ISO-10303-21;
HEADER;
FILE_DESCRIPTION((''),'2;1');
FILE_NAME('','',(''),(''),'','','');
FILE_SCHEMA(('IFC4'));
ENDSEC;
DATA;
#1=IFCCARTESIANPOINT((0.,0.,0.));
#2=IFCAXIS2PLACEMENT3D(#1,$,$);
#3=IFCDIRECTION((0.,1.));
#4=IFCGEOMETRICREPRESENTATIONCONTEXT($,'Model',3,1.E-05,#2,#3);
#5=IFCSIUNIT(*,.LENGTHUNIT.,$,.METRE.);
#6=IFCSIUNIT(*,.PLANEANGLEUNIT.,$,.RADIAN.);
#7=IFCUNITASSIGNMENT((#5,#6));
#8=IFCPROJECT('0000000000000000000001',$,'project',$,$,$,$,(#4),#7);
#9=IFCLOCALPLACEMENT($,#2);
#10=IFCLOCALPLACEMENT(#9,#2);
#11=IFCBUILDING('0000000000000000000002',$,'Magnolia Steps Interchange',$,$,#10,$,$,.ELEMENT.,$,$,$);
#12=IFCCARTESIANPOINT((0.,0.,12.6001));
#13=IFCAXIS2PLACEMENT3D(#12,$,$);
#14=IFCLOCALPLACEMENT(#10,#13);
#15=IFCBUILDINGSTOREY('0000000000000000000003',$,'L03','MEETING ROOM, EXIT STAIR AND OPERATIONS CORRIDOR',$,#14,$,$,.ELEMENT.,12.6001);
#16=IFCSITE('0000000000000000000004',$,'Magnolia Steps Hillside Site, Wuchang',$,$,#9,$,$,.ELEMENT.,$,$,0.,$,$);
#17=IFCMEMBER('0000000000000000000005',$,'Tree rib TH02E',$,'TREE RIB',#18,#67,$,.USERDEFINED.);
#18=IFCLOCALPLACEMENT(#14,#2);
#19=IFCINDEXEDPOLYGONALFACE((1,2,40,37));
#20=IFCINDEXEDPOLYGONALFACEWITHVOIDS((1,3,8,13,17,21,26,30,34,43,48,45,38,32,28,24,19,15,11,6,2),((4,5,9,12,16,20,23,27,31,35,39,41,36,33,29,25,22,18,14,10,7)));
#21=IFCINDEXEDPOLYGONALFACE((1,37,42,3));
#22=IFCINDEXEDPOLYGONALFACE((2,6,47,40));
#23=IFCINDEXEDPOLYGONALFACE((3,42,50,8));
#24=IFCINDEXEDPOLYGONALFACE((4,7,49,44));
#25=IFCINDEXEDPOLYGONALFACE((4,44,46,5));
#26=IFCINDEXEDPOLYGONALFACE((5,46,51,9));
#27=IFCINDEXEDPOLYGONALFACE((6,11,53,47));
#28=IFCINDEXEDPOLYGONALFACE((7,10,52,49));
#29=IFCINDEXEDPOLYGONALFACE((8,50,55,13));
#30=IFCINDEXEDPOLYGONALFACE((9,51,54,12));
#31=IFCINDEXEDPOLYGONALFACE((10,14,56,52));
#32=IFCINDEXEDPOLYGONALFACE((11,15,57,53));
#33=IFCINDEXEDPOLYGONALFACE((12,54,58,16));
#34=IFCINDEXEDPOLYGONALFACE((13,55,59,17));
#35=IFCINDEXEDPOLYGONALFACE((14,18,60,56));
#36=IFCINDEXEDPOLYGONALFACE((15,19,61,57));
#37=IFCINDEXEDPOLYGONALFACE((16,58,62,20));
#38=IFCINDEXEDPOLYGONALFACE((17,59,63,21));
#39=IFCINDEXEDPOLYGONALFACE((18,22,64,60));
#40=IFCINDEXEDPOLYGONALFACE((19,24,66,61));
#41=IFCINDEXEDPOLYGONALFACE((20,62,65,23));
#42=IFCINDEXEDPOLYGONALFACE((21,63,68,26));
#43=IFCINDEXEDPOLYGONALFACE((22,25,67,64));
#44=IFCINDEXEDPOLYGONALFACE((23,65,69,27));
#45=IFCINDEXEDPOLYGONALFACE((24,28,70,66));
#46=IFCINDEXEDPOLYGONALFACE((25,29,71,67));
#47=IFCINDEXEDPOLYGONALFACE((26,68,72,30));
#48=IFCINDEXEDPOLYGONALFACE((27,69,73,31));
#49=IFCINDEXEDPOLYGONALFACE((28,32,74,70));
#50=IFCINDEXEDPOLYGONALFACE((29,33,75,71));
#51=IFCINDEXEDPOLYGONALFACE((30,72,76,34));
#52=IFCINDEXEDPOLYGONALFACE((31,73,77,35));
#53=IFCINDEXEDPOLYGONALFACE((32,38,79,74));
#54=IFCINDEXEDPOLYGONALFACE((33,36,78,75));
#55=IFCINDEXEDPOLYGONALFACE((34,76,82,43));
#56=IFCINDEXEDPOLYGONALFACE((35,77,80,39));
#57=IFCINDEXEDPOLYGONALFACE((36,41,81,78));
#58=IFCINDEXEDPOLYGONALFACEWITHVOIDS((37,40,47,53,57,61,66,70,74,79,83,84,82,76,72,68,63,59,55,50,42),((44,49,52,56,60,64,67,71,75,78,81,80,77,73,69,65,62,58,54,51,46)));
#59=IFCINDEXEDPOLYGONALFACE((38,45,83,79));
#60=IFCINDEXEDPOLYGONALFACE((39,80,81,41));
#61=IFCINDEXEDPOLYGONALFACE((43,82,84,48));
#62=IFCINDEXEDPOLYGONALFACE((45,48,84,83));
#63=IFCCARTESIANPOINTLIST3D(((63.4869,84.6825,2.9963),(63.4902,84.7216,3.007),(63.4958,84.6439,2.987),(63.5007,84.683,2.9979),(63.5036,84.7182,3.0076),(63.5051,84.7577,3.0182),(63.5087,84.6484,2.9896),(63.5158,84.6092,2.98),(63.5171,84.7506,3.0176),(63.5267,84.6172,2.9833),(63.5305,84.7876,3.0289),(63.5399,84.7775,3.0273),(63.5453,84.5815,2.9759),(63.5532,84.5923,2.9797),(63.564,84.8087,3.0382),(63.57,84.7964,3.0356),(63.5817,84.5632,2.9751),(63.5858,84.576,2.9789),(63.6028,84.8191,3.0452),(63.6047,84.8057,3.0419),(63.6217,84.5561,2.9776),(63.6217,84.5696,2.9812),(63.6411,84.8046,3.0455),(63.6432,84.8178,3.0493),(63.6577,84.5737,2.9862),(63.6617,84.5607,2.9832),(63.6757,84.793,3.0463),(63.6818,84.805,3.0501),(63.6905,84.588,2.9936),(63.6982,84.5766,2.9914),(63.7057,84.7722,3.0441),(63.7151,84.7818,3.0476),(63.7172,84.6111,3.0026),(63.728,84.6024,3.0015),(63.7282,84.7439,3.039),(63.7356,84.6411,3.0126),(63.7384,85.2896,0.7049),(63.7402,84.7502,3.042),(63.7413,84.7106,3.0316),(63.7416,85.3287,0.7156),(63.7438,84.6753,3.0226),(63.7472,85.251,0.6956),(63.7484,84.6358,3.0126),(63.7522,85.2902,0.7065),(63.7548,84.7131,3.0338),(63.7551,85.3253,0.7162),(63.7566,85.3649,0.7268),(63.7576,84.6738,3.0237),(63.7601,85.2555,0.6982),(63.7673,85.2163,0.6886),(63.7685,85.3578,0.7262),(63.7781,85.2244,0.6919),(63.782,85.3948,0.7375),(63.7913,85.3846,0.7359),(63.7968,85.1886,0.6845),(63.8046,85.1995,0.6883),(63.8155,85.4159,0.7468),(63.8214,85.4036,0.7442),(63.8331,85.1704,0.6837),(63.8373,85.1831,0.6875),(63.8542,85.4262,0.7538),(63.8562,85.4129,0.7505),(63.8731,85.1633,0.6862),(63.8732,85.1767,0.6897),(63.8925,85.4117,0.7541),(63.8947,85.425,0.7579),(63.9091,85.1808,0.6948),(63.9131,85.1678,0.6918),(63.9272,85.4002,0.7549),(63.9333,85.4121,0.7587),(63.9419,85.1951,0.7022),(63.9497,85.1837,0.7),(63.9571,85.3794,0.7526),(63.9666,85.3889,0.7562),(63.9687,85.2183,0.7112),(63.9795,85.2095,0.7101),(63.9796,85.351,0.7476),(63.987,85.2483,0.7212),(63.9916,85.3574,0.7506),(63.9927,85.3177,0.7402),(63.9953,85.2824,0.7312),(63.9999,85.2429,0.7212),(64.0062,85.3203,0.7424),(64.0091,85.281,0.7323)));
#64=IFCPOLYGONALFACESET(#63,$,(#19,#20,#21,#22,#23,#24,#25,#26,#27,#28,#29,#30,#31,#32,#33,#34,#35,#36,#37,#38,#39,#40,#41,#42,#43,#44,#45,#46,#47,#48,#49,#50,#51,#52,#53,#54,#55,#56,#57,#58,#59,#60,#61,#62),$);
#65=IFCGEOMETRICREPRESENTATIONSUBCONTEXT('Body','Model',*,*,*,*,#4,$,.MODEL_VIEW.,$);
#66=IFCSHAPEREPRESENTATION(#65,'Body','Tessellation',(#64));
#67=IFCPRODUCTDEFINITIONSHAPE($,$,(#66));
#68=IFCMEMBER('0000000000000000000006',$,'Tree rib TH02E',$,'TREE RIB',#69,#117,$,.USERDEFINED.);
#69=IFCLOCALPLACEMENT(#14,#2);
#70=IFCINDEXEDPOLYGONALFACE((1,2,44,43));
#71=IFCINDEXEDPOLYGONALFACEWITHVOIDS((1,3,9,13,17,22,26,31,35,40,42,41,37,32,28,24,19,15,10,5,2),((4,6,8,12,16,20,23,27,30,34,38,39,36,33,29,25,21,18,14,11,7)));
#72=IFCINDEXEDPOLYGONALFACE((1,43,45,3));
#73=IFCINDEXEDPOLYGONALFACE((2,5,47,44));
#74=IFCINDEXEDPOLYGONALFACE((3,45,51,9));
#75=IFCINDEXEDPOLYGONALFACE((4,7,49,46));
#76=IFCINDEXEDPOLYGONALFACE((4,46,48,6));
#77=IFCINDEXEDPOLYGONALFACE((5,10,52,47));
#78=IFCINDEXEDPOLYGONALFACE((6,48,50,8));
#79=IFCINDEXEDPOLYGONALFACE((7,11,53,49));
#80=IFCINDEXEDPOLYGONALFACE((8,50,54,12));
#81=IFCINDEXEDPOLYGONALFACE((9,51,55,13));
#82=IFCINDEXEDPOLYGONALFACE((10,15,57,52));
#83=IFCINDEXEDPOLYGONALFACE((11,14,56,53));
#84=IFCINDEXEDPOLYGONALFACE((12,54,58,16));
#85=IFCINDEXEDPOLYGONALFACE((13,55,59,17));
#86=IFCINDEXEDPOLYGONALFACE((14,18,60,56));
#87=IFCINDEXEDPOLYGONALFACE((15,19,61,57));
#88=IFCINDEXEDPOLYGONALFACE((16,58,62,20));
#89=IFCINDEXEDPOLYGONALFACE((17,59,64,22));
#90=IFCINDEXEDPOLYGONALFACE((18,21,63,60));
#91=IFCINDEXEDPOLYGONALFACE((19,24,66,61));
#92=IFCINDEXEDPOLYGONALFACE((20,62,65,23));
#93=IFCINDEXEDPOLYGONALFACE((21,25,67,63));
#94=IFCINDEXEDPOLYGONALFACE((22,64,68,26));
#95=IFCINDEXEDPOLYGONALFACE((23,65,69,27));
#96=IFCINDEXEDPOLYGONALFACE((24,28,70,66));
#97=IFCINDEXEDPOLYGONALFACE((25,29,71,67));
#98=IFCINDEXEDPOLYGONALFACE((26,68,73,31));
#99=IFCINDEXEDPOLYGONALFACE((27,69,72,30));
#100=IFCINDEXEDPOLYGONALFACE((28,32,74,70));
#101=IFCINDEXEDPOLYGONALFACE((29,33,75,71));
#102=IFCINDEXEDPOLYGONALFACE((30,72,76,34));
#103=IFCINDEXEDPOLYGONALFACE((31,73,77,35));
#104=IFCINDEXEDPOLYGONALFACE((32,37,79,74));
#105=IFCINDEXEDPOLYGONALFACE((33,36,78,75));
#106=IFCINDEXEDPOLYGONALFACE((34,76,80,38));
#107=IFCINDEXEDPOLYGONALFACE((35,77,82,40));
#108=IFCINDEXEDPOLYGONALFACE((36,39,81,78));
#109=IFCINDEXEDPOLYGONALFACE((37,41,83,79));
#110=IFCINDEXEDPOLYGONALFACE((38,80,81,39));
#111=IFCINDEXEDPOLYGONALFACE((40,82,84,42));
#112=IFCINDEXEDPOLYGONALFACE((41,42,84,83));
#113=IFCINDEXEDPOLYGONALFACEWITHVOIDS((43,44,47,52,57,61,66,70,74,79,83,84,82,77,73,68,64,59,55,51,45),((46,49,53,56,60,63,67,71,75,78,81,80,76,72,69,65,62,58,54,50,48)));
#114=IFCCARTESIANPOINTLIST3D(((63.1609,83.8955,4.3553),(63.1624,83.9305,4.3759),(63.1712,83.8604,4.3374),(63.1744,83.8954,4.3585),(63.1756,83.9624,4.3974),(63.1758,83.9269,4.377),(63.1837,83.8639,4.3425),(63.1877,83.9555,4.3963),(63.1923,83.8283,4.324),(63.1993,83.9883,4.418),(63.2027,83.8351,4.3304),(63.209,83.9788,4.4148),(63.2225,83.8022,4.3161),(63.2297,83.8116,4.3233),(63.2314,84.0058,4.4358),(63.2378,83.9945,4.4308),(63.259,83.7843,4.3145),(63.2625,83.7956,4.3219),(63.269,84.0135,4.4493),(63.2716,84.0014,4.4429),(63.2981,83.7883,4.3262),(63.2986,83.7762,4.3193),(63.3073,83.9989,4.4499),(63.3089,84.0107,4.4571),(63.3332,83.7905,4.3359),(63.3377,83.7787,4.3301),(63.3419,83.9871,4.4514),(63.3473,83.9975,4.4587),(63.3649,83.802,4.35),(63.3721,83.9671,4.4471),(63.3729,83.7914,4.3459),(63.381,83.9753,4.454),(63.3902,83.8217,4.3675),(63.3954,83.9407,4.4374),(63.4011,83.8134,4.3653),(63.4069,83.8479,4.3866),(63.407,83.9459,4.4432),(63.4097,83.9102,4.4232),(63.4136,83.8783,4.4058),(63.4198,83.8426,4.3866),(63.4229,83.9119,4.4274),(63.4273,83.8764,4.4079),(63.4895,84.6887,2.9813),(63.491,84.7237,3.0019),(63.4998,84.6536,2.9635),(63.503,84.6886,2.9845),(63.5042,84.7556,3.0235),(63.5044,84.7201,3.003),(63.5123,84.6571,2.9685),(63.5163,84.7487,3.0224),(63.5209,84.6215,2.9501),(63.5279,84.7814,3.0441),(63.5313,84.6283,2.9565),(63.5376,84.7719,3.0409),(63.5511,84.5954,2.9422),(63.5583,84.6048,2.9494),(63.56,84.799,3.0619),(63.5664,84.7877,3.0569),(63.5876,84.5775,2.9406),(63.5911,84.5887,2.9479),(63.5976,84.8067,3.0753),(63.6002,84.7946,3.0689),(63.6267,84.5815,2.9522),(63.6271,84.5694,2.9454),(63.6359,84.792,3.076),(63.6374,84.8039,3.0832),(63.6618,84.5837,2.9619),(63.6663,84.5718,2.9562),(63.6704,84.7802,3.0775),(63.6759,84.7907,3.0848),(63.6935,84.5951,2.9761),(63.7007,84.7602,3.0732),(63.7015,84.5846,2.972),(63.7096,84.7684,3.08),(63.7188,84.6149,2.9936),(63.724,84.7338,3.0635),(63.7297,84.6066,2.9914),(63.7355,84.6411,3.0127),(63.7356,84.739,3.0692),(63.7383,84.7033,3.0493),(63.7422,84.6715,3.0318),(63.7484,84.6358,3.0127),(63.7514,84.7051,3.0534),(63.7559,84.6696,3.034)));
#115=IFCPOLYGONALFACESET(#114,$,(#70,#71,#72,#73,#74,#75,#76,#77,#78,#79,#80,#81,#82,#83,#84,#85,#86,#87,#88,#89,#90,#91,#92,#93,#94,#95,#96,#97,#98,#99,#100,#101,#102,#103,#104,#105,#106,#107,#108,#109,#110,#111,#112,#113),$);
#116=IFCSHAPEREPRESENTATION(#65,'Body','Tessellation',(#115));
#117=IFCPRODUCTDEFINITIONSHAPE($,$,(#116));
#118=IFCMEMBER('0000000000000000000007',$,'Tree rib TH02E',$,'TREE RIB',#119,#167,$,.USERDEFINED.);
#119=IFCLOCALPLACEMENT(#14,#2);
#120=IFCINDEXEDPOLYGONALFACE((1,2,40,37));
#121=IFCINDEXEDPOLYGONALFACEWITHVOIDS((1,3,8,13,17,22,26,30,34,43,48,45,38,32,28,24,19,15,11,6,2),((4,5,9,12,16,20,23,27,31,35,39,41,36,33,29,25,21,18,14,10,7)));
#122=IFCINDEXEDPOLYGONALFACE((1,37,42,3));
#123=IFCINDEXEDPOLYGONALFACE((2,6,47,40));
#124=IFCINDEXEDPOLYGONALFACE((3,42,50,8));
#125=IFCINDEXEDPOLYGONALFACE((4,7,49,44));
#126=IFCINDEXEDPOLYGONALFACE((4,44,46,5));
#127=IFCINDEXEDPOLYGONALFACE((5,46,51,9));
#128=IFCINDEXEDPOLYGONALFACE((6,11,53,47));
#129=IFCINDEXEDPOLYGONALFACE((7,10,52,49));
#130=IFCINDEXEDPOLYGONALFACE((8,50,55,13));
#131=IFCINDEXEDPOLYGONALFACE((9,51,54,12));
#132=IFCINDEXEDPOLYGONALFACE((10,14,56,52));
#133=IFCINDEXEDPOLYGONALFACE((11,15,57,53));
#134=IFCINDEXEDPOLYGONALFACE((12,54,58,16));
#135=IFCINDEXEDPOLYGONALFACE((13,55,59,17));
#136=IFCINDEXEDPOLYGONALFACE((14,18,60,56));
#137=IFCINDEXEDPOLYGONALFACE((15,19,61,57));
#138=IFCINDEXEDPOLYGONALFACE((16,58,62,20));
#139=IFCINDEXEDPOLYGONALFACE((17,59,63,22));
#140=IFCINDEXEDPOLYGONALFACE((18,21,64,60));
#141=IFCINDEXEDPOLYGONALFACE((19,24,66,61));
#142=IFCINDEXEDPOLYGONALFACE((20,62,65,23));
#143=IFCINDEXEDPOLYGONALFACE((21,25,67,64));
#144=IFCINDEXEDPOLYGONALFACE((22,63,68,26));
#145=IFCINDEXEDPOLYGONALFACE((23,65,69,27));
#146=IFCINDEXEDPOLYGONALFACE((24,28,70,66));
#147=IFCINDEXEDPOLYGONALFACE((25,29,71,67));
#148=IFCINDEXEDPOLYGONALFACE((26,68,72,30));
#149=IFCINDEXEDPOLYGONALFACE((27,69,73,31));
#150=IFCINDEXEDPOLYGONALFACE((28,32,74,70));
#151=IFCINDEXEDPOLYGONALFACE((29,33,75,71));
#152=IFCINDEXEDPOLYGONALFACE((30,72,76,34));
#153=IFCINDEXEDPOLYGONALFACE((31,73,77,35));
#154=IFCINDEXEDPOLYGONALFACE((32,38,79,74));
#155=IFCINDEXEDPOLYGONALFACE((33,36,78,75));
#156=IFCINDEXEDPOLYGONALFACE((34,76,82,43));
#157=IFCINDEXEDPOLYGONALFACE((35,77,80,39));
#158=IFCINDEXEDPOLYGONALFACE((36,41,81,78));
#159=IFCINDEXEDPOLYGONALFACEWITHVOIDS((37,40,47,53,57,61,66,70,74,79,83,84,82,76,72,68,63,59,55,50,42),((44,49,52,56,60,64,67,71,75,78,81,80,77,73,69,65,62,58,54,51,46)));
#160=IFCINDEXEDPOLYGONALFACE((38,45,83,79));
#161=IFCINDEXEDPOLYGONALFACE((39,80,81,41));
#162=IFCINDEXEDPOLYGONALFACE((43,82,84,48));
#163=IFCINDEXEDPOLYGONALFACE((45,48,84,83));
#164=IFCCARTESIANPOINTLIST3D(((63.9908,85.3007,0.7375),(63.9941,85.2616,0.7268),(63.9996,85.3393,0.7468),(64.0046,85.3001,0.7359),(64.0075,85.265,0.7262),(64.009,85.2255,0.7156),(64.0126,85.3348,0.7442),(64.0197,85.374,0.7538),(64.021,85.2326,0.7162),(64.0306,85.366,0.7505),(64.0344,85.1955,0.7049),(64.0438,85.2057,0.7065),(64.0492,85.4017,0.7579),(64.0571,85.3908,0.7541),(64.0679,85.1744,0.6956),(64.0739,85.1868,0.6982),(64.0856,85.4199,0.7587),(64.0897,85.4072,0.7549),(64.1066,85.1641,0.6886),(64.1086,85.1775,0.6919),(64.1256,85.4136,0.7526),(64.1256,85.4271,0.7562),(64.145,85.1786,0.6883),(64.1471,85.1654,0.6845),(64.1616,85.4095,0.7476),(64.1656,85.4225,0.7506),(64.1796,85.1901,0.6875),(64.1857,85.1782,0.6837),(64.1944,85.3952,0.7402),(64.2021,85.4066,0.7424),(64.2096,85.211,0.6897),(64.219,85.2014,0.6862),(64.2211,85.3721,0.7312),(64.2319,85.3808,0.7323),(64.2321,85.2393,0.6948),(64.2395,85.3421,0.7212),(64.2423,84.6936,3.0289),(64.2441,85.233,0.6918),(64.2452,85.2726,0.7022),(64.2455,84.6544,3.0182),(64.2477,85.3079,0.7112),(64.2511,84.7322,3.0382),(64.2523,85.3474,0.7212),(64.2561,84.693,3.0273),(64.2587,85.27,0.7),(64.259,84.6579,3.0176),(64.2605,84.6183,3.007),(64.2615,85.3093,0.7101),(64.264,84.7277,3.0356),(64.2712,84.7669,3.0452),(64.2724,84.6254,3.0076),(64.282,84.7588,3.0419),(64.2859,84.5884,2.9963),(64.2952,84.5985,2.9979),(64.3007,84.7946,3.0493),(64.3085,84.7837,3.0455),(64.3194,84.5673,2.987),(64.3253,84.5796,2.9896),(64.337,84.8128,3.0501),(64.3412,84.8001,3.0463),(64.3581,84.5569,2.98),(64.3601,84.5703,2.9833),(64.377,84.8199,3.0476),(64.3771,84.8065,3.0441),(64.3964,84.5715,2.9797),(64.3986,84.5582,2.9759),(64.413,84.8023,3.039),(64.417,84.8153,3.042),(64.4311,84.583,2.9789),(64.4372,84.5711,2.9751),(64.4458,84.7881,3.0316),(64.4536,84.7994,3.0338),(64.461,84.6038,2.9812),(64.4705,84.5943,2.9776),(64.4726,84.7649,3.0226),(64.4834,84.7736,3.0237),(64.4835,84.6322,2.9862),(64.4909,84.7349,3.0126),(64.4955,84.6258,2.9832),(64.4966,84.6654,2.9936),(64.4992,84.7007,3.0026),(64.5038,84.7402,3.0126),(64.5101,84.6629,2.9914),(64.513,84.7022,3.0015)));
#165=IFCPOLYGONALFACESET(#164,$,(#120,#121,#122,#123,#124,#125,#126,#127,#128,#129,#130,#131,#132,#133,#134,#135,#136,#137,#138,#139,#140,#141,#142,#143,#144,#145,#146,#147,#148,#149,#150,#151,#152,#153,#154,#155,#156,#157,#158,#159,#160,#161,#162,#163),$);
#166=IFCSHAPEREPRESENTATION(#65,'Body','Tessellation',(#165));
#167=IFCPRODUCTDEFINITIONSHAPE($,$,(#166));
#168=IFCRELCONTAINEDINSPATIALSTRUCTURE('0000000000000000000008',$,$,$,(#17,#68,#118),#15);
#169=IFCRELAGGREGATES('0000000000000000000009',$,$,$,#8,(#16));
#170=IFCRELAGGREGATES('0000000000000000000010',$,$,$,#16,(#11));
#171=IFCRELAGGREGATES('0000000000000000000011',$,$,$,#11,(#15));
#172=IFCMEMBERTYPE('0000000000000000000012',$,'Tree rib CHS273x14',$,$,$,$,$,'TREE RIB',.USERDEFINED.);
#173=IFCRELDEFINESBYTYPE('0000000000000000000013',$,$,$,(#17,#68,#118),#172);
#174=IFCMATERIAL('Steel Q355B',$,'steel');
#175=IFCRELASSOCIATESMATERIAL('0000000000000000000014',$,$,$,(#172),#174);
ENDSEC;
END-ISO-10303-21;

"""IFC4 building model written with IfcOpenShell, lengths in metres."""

from ifc_helpers import new_model, si_unit, direction, frame, origin, origin_2d, place, context, subcontext, project, spatial, hollow_circle, extrude, material, material_profile, profile_set, type_object, element, save


model = new_model("IFC4")

# Units and contexts
model_context = context("Model", 3, precision=1e-05, world=origin(), true_north=direction((0.0, 1.0)))
body_context = subcontext(model_context, "Body", "Model", "MODEL_VIEW")
ifc_project = project(units=[si_unit("LENGTHUNIT", "METRE"), si_unit("PLANEANGLEUNIT", "RADIAN")], contexts=[model_context])

# Site, building, storey
site_placement = place(None, origin())
site = spatial("IfcSite", under=ifc_project, at=site_placement, Name="Magnolia Steps Hillside Site, Wuchang", CompositionType="ELEMENT", RefElevation=0.0)
building_placement = place(site_placement, origin())
building = spatial("IfcBuilding", under=site, at=building_placement, Name="Magnolia Steps Interchange", CompositionType="ELEMENT")
storey_placement = place(building_placement, frame((0.0, 0.0, 12.6001)))
storey = spatial("IfcBuildingStorey", under=building, at=storey_placement, Name="L03", Description="MEETING ROOM, EXIT STAIR AND OPERATIONS CORRIDOR", CompositionType="ELEMENT", Elevation=12.6001)

# Members
ifc_material_1 = material(Name="Steel Q355B", Category="steel")
ifc_material_profile_1 = material_profile(ifc_material_1, hollow_circle(Radius=0.1365, WallThickness=0.0139, at=origin_2d()), Name="CHS273x14")
ifc_profile_set_1 = profile_set([ifc_material_profile_1], Name="Steel Q355B")
member_type_1 = type_object("IfcMemberType", Name="Tree rib CHS273x14", ElementType="TREE RIB", PredefinedType="USERDEFINED", material=ifc_profile_set_1)
member_1_placement = place(storey_placement, frame((63.8738, 85.2952, 0.7212), z_axis=(-0.105485, -0.254701, 0.961249), x_axis=(0.923899, -0.382636, 0.0)))
element("IfcMember", 1, at=member_1_placement, inside=storey, type_object=member_type_1, Name="Tree rib TH02E", ObjectType="TREE RIB", PredefinedType="USERDEFINED", context=body_context, shape_type="SweptSolid", body=[
    extrude(hollow_circle(Radius=0.1365, WallThickness=0.0139, at=origin_2d()), origin(), (0.0, 0.0, 1.0), 2.3838),
])
member_2_placement = place(storey_placement, frame((63.6223, 84.688, 3.0127), z_axis=(-0.20282, -0.489571, 0.848047), x_axis=(0.923857, -0.382737, 0.0)))
element("IfcMember", 2, at=member_2_placement, inside=storey, type_object=member_type_1, Name="Tree rib TH02E", ObjectType="TREE RIB", PredefinedType="USERDEFINED", context=body_context, shape_type="SweptSolid", body=[
    extrude(hollow_circle(Radius=0.1365, WallThickness=0.0139, at=origin_2d()), origin(), (0.0, 0.0, 1.0), 1.6201),
])
member_3_placement = place(storey_placement, frame((64.1262, 85.2952, 0.7212), z_axis=(0.105485, -0.254701, 0.961249), x_axis=(0.923899, 0.382636, 0.0)))
element("IfcMember", 3, at=member_3_placement, inside=storey, type_object=member_type_1, Name="Tree rib TH02E", ObjectType="TREE RIB", PredefinedType="USERDEFINED", context=body_context, shape_type="SweptSolid", body=[
    extrude(hollow_circle(Radius=0.1365, WallThickness=0.0139, at=origin_2d()), origin(), (0.0, 0.0, 1.0), 2.3838),
])

save(model, "model.ifc")
